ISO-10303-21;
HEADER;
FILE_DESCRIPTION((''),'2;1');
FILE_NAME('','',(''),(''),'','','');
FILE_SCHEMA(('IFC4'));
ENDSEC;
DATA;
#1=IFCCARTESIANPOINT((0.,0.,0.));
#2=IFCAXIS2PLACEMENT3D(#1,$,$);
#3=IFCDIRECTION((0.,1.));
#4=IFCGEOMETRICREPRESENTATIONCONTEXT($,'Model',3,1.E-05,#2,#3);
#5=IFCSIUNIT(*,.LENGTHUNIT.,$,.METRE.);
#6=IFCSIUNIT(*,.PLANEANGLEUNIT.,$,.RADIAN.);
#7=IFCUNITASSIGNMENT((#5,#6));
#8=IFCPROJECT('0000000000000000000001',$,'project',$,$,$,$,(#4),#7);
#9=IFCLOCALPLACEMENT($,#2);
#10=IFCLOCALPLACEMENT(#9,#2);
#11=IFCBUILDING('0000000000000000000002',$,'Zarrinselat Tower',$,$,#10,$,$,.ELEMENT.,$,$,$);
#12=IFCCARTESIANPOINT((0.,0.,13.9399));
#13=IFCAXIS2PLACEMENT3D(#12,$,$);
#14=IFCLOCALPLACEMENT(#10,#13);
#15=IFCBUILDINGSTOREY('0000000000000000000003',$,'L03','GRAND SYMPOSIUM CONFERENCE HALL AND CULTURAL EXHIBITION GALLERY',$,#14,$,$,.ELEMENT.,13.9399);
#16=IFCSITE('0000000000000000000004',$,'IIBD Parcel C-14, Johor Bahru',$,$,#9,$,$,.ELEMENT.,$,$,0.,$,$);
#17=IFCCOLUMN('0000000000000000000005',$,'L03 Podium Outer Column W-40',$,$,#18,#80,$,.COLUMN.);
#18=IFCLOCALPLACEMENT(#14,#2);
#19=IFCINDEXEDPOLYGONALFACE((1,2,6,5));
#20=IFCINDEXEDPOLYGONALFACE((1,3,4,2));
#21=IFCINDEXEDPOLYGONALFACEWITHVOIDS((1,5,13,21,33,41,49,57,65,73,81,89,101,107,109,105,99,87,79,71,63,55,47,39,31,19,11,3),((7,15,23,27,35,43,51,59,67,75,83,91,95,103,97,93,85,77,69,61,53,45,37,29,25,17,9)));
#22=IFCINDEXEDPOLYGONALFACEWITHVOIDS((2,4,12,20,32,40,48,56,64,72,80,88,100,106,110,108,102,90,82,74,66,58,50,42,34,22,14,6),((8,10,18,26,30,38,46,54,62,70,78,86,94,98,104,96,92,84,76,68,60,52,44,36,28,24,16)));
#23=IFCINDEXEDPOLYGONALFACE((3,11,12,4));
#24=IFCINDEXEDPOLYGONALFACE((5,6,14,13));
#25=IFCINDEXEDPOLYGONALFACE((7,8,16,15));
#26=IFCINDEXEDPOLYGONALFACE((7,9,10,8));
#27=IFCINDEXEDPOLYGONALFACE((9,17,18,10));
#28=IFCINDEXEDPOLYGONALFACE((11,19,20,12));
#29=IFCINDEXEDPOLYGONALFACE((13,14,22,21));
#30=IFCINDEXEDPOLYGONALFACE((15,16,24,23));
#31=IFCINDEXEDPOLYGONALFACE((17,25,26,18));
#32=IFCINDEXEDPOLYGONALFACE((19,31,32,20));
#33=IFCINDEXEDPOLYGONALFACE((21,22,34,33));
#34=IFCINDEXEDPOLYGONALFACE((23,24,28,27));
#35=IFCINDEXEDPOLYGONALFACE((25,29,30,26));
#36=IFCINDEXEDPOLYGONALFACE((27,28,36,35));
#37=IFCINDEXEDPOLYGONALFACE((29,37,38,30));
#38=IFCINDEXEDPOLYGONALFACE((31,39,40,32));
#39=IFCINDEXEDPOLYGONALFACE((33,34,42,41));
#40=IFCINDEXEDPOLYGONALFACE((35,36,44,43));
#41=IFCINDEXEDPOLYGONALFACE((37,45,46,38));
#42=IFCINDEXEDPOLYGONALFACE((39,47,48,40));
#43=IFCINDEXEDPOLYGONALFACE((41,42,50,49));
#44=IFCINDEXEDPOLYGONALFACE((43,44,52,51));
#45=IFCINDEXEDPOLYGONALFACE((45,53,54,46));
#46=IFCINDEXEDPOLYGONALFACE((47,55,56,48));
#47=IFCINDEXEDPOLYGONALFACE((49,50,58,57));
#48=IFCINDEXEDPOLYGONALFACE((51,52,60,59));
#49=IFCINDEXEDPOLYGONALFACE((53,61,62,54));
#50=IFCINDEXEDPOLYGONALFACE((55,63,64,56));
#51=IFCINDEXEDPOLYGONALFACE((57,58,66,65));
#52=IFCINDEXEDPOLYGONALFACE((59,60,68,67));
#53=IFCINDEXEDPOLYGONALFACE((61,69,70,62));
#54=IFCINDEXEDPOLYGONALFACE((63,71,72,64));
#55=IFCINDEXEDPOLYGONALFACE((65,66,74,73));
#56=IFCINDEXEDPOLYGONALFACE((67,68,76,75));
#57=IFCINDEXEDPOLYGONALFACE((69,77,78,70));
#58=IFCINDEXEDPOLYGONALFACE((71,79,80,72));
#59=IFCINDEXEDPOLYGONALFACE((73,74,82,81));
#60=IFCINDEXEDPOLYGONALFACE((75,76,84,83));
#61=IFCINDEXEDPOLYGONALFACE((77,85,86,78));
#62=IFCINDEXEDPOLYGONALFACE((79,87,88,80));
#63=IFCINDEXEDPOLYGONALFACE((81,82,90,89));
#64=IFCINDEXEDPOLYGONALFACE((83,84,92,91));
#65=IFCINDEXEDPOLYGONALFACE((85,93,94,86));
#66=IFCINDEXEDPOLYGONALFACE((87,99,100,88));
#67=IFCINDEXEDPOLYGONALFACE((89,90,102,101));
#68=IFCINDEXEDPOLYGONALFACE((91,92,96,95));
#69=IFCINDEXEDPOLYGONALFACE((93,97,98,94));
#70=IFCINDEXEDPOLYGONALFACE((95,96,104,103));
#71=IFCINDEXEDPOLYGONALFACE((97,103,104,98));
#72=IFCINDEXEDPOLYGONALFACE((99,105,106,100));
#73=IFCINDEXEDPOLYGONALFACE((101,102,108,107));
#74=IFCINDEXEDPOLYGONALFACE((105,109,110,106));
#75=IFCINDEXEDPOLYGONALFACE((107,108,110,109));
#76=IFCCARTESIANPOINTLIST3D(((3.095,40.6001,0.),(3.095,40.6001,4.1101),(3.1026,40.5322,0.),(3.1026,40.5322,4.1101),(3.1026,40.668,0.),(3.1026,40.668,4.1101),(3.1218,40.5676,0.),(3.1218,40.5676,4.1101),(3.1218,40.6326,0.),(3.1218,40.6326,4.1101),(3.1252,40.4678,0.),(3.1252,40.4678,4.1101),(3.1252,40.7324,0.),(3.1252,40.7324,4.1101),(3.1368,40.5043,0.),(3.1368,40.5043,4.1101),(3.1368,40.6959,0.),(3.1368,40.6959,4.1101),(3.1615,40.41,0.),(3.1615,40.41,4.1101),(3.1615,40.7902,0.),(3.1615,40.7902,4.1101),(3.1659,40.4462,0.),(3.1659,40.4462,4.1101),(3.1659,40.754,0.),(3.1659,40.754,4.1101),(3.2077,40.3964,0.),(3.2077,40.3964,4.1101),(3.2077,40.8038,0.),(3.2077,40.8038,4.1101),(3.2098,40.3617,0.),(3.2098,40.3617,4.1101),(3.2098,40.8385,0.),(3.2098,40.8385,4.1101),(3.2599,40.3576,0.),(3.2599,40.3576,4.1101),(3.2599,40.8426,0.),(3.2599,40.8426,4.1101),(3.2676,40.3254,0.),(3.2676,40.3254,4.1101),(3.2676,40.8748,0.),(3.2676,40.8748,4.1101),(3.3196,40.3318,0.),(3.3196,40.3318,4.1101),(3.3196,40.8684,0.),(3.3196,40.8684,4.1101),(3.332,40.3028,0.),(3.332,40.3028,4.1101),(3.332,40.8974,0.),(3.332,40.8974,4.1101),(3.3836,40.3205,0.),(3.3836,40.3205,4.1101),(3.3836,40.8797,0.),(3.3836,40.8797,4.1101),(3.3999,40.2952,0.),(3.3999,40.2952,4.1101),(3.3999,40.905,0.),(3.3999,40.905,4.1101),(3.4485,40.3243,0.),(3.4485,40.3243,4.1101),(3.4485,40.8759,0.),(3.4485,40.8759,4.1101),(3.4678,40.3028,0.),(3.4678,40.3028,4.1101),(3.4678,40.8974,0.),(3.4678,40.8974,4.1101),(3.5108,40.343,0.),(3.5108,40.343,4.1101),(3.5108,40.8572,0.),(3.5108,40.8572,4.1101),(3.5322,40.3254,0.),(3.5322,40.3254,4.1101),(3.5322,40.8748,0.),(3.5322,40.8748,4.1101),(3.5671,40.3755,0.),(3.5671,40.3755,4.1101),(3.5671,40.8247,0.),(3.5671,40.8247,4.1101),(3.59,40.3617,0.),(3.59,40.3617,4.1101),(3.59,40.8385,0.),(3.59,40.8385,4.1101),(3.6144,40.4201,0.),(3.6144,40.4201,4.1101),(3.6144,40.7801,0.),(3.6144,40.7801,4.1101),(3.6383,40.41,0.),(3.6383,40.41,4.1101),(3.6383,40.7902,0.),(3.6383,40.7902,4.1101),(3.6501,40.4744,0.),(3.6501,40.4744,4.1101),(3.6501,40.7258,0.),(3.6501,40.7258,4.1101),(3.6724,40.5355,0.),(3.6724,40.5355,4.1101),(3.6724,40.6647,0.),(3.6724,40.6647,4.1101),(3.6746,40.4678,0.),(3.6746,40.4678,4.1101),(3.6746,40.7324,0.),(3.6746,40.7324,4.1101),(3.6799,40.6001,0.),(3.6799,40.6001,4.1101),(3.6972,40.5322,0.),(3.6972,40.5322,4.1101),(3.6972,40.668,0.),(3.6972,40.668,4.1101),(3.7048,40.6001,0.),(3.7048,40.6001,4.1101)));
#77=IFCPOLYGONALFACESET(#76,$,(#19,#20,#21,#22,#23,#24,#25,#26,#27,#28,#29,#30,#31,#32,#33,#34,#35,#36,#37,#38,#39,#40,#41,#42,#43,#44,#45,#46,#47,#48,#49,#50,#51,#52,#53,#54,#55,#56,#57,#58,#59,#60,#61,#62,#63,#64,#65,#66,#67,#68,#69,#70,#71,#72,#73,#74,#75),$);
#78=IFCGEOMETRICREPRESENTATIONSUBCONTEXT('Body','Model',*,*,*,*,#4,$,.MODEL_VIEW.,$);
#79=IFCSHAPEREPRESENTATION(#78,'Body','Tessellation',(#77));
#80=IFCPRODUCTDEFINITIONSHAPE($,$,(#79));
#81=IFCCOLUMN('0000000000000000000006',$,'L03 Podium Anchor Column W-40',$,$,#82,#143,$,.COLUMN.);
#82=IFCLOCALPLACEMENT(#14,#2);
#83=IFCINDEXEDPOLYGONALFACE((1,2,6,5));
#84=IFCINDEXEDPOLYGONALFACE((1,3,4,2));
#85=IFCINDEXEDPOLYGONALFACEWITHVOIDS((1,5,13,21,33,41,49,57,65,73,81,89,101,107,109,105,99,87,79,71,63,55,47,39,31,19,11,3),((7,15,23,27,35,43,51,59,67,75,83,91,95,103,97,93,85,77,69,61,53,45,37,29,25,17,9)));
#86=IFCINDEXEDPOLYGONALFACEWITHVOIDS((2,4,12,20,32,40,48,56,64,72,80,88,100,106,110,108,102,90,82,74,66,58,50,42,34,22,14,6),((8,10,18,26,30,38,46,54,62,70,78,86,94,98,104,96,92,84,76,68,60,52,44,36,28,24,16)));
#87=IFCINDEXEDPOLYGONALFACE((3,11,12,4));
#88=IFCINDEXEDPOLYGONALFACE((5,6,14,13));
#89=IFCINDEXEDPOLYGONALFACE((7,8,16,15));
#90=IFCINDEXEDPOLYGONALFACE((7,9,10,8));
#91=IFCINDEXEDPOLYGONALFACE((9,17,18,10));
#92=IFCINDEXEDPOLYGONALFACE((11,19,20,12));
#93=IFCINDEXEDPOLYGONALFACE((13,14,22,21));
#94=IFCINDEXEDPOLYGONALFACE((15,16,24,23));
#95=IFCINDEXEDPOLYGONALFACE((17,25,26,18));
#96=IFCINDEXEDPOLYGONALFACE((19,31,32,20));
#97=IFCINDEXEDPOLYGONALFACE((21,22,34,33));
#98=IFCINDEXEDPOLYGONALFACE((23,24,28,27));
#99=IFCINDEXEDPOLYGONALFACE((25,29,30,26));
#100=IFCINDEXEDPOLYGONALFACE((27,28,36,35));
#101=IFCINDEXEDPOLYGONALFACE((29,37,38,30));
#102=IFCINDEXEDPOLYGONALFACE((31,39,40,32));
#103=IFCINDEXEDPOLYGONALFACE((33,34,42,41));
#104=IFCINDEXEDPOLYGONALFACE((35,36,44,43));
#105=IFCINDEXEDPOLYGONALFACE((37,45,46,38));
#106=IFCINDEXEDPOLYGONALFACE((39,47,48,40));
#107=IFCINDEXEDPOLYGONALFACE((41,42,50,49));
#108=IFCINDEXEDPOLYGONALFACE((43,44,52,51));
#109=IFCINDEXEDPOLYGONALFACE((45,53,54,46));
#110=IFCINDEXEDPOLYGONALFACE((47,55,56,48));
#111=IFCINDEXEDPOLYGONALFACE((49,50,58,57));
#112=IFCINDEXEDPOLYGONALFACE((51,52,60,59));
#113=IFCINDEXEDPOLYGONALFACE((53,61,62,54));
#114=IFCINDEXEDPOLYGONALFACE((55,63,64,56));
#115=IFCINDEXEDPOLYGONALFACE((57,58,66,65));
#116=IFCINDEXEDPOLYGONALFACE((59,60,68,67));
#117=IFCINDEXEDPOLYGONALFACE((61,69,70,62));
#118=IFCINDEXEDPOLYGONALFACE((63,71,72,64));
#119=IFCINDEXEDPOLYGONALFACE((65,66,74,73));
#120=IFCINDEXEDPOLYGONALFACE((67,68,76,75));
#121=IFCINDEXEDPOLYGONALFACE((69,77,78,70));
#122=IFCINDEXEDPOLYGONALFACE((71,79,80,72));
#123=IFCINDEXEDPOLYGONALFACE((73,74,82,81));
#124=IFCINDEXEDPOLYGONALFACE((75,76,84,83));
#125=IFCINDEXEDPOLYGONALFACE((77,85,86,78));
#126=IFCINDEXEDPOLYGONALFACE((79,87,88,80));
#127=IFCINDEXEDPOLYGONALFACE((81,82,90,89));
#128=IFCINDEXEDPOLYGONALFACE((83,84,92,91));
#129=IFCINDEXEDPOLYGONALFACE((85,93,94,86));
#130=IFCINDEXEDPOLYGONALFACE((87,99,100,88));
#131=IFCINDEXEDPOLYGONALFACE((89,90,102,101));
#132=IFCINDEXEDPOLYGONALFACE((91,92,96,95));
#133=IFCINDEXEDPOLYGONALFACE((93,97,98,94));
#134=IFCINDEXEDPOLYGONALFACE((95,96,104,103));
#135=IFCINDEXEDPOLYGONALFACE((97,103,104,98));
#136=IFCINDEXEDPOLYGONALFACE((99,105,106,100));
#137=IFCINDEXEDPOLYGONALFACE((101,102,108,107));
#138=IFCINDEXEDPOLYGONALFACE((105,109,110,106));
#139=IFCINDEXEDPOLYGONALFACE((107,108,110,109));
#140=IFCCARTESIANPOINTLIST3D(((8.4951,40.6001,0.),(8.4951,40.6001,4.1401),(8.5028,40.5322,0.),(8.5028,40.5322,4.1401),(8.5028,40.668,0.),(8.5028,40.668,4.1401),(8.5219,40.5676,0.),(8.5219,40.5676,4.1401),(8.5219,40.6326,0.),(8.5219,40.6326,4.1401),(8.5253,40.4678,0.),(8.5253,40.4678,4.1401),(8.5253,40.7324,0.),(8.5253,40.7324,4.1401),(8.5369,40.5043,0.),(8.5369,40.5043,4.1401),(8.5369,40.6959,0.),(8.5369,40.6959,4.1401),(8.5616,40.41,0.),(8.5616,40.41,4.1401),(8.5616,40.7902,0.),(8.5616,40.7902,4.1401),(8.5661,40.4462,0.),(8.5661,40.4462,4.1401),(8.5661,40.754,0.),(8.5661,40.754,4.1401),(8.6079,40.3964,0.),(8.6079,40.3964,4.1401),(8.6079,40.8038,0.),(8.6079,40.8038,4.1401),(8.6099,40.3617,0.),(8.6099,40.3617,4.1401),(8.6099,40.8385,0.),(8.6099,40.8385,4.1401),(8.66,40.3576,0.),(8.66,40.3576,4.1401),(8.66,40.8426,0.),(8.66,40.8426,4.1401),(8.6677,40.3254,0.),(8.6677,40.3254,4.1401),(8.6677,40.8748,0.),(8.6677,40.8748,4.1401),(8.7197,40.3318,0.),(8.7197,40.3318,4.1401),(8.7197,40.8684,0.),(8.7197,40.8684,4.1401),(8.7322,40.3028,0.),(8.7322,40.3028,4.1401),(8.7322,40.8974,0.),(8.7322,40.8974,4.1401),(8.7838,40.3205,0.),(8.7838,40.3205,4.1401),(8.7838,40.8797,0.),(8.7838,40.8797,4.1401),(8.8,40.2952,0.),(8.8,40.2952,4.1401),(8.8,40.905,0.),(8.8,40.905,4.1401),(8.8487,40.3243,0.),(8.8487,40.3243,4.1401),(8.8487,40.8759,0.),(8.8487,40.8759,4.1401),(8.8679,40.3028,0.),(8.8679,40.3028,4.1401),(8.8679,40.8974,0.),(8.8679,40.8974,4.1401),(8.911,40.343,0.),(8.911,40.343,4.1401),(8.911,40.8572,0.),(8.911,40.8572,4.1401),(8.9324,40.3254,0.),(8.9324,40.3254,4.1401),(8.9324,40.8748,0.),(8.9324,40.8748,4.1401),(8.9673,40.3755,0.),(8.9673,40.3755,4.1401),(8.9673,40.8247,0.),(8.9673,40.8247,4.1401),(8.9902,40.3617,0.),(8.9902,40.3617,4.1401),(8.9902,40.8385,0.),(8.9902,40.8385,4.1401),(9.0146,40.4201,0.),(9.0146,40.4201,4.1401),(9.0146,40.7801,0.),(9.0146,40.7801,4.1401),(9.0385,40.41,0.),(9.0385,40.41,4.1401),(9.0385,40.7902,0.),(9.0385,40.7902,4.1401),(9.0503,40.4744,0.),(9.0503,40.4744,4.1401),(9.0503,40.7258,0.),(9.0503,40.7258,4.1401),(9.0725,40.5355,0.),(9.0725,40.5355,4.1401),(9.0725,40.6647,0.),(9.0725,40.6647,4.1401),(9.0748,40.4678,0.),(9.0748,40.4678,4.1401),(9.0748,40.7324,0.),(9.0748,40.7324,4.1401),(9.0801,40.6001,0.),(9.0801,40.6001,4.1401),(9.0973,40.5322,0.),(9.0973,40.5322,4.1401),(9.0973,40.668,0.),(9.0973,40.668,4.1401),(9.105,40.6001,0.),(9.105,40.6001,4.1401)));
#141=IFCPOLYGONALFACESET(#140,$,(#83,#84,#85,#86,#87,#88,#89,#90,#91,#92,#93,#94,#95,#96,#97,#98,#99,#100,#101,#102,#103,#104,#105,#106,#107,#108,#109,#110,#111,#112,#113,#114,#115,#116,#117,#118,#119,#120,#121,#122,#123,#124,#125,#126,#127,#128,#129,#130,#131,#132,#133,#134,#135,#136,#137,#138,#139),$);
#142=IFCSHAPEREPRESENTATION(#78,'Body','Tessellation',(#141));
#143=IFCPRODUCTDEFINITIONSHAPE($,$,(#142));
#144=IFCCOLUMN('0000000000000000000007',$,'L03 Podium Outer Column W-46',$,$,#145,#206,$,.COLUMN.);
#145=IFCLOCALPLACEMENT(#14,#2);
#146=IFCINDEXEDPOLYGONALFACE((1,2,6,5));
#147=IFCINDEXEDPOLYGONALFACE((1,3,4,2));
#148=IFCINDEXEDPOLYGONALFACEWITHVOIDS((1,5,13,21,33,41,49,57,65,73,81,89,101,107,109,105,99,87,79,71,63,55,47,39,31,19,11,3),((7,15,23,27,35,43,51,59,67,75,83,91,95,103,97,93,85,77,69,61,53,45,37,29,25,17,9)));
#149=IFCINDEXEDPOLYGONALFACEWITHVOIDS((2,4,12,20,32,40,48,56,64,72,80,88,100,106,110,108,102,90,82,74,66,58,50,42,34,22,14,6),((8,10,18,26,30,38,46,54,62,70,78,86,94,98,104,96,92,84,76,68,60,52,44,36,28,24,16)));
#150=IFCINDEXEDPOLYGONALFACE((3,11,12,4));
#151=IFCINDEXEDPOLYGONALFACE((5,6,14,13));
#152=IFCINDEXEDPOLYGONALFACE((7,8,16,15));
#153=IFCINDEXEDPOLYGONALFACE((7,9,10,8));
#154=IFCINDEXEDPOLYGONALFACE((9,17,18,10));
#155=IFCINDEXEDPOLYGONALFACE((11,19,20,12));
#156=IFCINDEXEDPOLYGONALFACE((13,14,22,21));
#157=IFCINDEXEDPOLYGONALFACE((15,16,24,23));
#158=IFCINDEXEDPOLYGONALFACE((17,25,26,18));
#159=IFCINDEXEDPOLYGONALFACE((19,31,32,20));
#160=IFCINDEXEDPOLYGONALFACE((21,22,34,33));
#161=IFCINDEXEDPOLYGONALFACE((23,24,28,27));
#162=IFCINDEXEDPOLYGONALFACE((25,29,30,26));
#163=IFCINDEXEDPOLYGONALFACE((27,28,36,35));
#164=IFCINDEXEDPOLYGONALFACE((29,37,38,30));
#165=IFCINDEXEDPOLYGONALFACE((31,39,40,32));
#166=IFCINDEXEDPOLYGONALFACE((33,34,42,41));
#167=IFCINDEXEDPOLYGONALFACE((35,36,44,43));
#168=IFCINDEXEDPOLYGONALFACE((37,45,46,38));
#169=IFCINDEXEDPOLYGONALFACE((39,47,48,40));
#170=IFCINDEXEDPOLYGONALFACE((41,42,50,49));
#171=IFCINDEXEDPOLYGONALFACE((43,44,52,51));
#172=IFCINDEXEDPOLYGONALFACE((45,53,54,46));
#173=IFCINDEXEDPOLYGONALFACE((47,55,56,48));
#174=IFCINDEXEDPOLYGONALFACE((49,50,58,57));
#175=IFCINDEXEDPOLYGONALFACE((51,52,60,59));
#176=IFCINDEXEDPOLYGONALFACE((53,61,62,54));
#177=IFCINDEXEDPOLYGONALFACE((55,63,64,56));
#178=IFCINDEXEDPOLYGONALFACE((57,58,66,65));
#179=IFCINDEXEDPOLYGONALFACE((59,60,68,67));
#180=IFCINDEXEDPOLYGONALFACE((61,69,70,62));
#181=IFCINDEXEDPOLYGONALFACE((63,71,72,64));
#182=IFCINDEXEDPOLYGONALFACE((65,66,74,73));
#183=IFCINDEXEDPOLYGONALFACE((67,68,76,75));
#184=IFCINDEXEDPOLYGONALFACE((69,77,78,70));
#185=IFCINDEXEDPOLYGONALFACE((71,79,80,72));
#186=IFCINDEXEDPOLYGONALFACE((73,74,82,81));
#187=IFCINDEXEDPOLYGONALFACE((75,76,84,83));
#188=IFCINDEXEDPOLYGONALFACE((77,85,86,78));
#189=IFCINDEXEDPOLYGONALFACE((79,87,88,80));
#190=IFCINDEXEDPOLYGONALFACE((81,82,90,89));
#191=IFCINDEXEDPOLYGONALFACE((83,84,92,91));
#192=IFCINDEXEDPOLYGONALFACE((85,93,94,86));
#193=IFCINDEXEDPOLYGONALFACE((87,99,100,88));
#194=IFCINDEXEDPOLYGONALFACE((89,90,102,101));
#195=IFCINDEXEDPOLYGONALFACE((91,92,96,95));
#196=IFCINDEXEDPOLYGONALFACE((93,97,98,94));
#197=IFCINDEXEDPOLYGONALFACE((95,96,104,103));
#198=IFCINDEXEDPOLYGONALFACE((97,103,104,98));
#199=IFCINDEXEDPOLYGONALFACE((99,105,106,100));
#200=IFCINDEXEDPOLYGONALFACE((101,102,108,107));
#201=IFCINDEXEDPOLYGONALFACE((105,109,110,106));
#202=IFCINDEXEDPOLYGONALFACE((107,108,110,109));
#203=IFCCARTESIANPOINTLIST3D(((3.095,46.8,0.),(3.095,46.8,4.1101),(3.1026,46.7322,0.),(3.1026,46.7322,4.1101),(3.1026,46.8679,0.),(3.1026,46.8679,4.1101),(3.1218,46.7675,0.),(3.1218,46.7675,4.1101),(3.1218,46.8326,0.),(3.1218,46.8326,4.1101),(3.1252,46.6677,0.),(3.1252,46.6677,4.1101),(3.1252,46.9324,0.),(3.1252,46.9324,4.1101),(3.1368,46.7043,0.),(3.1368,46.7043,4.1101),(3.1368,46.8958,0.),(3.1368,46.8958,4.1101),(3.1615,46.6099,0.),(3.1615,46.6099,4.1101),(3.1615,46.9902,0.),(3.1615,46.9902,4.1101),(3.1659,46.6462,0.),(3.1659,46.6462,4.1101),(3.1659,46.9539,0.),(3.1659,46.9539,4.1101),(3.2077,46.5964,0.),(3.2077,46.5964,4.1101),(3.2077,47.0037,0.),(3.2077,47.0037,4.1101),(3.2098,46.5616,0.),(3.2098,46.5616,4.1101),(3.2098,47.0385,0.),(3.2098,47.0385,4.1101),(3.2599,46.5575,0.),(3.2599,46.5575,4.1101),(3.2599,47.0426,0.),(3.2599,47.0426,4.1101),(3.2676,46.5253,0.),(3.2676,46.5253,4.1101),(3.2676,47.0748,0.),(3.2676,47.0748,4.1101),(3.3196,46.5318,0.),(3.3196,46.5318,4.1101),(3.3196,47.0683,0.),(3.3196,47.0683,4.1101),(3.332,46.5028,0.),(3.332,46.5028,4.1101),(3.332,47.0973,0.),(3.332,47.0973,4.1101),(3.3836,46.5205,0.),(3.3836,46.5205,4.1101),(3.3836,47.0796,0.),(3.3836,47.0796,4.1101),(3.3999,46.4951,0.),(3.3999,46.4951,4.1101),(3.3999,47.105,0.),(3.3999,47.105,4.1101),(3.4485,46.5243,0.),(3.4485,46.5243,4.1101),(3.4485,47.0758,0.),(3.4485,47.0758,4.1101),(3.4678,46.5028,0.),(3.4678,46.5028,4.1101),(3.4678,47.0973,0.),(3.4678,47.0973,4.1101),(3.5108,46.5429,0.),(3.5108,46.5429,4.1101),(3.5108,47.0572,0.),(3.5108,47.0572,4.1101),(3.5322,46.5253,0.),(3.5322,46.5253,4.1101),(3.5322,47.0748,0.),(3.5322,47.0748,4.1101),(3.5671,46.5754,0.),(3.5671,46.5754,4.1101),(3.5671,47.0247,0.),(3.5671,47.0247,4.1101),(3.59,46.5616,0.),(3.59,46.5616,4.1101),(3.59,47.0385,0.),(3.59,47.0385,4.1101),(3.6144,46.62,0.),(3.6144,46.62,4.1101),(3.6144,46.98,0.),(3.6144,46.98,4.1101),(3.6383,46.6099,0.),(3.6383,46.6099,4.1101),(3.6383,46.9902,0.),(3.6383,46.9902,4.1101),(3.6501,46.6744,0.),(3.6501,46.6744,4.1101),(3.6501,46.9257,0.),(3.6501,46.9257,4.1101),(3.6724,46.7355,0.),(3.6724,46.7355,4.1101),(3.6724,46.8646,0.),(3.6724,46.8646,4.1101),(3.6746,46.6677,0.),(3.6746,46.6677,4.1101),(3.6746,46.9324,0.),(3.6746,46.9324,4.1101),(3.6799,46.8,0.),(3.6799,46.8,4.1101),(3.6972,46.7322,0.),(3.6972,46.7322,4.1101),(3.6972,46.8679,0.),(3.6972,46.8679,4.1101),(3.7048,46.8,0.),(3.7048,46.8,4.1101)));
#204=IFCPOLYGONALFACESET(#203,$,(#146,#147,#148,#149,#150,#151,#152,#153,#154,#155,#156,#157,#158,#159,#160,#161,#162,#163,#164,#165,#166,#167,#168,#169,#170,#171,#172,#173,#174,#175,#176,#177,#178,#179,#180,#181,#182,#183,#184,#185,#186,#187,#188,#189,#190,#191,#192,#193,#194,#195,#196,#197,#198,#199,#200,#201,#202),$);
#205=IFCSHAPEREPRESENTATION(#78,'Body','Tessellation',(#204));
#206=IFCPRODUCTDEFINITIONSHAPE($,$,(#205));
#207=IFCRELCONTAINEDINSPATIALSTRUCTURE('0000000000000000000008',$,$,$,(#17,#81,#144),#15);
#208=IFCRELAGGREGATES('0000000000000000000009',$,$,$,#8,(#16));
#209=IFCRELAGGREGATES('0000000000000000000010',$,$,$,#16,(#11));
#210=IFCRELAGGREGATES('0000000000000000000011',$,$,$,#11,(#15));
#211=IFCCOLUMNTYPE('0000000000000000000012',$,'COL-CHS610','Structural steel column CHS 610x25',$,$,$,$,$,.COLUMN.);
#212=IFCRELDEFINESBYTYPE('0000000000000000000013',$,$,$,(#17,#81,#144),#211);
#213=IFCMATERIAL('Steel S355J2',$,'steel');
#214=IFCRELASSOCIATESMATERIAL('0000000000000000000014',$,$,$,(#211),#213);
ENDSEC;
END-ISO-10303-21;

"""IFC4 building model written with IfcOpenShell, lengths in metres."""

from ifc_helpers import new_model, si_unit, direction, frame, origin, origin_2d, place, context, subcontext, project, spatial, hollow_circle, extrude, material, material_profile, profile_set, type_object, element, save


model = new_model("IFC4")

# Units and contexts
model_context = context("Model", 3, precision=1e-05, world=origin(), true_north=direction((0.0, 1.0)))
body_context = subcontext(model_context, "Body", "Model", "MODEL_VIEW")
ifc_project = project(units=[si_unit("LENGTHUNIT", "METRE"), si_unit("PLANEANGLEUNIT", "RADIAN")], contexts=[model_context])

# Site, building, storey
site_placement = place(None, origin())
site = spatial("IfcSite", under=ifc_project, at=site_placement, Name="IIBD Parcel C-14, Johor Bahru", CompositionType="ELEMENT", RefElevation=0.0)
building_placement = place(site_placement, origin())
building = spatial("IfcBuilding", under=site, at=building_placement, Name="Zarrinselat Tower", CompositionType="ELEMENT")
storey_placement = place(building_placement, frame((0.0, 0.0, 13.9399)))
storey = spatial("IfcBuildingStorey", under=building, at=storey_placement, Name="L03", Description="GRAND SYMPOSIUM CONFERENCE HALL AND CULTURAL EXHIBITION GALLERY", CompositionType="ELEMENT", Elevation=13.9399)

# Columns
ifc_material_1 = material(Name="Steel S355J2", Category="steel")
ifc_material_profile_1 = material_profile(ifc_material_1, hollow_circle(Radius=0.3049, WallThickness=0.0249, at=origin_2d()), Name="CHS 610x25")
ifc_profile_set_1 = profile_set([ifc_material_profile_1], Name="Steel S355J2")
column_type = type_object("IfcColumnType", Name="COL-CHS610", Description="Structural steel column CHS 610x25", PredefinedType="COLUMN", material=ifc_profile_set_1)
column_1_placement = place(storey_placement, frame((3.3999, 40.6001, 0.0), z_axis=(0.0, 0.0, 1.0), x_axis=(1.0, 0.0, 0.0)))
element("IfcColumn", 1, at=column_1_placement, inside=storey, type_object=column_type, Name="L03 Podium Outer Column W-40", PredefinedType="COLUMN", context=body_context, shape_type="SweptSolid", body=[
    extrude(hollow_circle(Radius=0.3049, WallThickness=0.0249, at=origin_2d()), origin(), (0.0, 0.0, 1.0), 4.1101),
])
column_2_placement = place(storey_placement, frame((8.8, 40.6001, 0.0), z_axis=(0.0, 0.0, 1.0), x_axis=(1.0, 0.0, 0.0)))
element("IfcColumn", 2, at=column_2_placement, inside=storey, type_object=column_type, Name="L03 Podium Anchor Column W-40", PredefinedType="COLUMN", context=body_context, shape_type="SweptSolid", body=[
    extrude(hollow_circle(Radius=0.3049, WallThickness=0.0249, at=origin_2d()), origin(), (0.0, 0.0, 1.0), 4.1401),
])
column_3_placement = place(storey_placement, frame((3.3999, 46.8, 0.0), z_axis=(0.0, 0.0, 1.0), x_axis=(1.0, 0.0, 0.0)))
element("IfcColumn", 3, at=column_3_placement, inside=storey, type_object=column_type, Name="L03 Podium Outer Column W-46", PredefinedType="COLUMN", context=body_context, shape_type="SweptSolid", body=[
    extrude(hollow_circle(Radius=0.3049, WallThickness=0.0249, at=origin_2d()), origin(), (0.0, 0.0, 1.0), 4.1101),
])

save(model, "model.ifc")
